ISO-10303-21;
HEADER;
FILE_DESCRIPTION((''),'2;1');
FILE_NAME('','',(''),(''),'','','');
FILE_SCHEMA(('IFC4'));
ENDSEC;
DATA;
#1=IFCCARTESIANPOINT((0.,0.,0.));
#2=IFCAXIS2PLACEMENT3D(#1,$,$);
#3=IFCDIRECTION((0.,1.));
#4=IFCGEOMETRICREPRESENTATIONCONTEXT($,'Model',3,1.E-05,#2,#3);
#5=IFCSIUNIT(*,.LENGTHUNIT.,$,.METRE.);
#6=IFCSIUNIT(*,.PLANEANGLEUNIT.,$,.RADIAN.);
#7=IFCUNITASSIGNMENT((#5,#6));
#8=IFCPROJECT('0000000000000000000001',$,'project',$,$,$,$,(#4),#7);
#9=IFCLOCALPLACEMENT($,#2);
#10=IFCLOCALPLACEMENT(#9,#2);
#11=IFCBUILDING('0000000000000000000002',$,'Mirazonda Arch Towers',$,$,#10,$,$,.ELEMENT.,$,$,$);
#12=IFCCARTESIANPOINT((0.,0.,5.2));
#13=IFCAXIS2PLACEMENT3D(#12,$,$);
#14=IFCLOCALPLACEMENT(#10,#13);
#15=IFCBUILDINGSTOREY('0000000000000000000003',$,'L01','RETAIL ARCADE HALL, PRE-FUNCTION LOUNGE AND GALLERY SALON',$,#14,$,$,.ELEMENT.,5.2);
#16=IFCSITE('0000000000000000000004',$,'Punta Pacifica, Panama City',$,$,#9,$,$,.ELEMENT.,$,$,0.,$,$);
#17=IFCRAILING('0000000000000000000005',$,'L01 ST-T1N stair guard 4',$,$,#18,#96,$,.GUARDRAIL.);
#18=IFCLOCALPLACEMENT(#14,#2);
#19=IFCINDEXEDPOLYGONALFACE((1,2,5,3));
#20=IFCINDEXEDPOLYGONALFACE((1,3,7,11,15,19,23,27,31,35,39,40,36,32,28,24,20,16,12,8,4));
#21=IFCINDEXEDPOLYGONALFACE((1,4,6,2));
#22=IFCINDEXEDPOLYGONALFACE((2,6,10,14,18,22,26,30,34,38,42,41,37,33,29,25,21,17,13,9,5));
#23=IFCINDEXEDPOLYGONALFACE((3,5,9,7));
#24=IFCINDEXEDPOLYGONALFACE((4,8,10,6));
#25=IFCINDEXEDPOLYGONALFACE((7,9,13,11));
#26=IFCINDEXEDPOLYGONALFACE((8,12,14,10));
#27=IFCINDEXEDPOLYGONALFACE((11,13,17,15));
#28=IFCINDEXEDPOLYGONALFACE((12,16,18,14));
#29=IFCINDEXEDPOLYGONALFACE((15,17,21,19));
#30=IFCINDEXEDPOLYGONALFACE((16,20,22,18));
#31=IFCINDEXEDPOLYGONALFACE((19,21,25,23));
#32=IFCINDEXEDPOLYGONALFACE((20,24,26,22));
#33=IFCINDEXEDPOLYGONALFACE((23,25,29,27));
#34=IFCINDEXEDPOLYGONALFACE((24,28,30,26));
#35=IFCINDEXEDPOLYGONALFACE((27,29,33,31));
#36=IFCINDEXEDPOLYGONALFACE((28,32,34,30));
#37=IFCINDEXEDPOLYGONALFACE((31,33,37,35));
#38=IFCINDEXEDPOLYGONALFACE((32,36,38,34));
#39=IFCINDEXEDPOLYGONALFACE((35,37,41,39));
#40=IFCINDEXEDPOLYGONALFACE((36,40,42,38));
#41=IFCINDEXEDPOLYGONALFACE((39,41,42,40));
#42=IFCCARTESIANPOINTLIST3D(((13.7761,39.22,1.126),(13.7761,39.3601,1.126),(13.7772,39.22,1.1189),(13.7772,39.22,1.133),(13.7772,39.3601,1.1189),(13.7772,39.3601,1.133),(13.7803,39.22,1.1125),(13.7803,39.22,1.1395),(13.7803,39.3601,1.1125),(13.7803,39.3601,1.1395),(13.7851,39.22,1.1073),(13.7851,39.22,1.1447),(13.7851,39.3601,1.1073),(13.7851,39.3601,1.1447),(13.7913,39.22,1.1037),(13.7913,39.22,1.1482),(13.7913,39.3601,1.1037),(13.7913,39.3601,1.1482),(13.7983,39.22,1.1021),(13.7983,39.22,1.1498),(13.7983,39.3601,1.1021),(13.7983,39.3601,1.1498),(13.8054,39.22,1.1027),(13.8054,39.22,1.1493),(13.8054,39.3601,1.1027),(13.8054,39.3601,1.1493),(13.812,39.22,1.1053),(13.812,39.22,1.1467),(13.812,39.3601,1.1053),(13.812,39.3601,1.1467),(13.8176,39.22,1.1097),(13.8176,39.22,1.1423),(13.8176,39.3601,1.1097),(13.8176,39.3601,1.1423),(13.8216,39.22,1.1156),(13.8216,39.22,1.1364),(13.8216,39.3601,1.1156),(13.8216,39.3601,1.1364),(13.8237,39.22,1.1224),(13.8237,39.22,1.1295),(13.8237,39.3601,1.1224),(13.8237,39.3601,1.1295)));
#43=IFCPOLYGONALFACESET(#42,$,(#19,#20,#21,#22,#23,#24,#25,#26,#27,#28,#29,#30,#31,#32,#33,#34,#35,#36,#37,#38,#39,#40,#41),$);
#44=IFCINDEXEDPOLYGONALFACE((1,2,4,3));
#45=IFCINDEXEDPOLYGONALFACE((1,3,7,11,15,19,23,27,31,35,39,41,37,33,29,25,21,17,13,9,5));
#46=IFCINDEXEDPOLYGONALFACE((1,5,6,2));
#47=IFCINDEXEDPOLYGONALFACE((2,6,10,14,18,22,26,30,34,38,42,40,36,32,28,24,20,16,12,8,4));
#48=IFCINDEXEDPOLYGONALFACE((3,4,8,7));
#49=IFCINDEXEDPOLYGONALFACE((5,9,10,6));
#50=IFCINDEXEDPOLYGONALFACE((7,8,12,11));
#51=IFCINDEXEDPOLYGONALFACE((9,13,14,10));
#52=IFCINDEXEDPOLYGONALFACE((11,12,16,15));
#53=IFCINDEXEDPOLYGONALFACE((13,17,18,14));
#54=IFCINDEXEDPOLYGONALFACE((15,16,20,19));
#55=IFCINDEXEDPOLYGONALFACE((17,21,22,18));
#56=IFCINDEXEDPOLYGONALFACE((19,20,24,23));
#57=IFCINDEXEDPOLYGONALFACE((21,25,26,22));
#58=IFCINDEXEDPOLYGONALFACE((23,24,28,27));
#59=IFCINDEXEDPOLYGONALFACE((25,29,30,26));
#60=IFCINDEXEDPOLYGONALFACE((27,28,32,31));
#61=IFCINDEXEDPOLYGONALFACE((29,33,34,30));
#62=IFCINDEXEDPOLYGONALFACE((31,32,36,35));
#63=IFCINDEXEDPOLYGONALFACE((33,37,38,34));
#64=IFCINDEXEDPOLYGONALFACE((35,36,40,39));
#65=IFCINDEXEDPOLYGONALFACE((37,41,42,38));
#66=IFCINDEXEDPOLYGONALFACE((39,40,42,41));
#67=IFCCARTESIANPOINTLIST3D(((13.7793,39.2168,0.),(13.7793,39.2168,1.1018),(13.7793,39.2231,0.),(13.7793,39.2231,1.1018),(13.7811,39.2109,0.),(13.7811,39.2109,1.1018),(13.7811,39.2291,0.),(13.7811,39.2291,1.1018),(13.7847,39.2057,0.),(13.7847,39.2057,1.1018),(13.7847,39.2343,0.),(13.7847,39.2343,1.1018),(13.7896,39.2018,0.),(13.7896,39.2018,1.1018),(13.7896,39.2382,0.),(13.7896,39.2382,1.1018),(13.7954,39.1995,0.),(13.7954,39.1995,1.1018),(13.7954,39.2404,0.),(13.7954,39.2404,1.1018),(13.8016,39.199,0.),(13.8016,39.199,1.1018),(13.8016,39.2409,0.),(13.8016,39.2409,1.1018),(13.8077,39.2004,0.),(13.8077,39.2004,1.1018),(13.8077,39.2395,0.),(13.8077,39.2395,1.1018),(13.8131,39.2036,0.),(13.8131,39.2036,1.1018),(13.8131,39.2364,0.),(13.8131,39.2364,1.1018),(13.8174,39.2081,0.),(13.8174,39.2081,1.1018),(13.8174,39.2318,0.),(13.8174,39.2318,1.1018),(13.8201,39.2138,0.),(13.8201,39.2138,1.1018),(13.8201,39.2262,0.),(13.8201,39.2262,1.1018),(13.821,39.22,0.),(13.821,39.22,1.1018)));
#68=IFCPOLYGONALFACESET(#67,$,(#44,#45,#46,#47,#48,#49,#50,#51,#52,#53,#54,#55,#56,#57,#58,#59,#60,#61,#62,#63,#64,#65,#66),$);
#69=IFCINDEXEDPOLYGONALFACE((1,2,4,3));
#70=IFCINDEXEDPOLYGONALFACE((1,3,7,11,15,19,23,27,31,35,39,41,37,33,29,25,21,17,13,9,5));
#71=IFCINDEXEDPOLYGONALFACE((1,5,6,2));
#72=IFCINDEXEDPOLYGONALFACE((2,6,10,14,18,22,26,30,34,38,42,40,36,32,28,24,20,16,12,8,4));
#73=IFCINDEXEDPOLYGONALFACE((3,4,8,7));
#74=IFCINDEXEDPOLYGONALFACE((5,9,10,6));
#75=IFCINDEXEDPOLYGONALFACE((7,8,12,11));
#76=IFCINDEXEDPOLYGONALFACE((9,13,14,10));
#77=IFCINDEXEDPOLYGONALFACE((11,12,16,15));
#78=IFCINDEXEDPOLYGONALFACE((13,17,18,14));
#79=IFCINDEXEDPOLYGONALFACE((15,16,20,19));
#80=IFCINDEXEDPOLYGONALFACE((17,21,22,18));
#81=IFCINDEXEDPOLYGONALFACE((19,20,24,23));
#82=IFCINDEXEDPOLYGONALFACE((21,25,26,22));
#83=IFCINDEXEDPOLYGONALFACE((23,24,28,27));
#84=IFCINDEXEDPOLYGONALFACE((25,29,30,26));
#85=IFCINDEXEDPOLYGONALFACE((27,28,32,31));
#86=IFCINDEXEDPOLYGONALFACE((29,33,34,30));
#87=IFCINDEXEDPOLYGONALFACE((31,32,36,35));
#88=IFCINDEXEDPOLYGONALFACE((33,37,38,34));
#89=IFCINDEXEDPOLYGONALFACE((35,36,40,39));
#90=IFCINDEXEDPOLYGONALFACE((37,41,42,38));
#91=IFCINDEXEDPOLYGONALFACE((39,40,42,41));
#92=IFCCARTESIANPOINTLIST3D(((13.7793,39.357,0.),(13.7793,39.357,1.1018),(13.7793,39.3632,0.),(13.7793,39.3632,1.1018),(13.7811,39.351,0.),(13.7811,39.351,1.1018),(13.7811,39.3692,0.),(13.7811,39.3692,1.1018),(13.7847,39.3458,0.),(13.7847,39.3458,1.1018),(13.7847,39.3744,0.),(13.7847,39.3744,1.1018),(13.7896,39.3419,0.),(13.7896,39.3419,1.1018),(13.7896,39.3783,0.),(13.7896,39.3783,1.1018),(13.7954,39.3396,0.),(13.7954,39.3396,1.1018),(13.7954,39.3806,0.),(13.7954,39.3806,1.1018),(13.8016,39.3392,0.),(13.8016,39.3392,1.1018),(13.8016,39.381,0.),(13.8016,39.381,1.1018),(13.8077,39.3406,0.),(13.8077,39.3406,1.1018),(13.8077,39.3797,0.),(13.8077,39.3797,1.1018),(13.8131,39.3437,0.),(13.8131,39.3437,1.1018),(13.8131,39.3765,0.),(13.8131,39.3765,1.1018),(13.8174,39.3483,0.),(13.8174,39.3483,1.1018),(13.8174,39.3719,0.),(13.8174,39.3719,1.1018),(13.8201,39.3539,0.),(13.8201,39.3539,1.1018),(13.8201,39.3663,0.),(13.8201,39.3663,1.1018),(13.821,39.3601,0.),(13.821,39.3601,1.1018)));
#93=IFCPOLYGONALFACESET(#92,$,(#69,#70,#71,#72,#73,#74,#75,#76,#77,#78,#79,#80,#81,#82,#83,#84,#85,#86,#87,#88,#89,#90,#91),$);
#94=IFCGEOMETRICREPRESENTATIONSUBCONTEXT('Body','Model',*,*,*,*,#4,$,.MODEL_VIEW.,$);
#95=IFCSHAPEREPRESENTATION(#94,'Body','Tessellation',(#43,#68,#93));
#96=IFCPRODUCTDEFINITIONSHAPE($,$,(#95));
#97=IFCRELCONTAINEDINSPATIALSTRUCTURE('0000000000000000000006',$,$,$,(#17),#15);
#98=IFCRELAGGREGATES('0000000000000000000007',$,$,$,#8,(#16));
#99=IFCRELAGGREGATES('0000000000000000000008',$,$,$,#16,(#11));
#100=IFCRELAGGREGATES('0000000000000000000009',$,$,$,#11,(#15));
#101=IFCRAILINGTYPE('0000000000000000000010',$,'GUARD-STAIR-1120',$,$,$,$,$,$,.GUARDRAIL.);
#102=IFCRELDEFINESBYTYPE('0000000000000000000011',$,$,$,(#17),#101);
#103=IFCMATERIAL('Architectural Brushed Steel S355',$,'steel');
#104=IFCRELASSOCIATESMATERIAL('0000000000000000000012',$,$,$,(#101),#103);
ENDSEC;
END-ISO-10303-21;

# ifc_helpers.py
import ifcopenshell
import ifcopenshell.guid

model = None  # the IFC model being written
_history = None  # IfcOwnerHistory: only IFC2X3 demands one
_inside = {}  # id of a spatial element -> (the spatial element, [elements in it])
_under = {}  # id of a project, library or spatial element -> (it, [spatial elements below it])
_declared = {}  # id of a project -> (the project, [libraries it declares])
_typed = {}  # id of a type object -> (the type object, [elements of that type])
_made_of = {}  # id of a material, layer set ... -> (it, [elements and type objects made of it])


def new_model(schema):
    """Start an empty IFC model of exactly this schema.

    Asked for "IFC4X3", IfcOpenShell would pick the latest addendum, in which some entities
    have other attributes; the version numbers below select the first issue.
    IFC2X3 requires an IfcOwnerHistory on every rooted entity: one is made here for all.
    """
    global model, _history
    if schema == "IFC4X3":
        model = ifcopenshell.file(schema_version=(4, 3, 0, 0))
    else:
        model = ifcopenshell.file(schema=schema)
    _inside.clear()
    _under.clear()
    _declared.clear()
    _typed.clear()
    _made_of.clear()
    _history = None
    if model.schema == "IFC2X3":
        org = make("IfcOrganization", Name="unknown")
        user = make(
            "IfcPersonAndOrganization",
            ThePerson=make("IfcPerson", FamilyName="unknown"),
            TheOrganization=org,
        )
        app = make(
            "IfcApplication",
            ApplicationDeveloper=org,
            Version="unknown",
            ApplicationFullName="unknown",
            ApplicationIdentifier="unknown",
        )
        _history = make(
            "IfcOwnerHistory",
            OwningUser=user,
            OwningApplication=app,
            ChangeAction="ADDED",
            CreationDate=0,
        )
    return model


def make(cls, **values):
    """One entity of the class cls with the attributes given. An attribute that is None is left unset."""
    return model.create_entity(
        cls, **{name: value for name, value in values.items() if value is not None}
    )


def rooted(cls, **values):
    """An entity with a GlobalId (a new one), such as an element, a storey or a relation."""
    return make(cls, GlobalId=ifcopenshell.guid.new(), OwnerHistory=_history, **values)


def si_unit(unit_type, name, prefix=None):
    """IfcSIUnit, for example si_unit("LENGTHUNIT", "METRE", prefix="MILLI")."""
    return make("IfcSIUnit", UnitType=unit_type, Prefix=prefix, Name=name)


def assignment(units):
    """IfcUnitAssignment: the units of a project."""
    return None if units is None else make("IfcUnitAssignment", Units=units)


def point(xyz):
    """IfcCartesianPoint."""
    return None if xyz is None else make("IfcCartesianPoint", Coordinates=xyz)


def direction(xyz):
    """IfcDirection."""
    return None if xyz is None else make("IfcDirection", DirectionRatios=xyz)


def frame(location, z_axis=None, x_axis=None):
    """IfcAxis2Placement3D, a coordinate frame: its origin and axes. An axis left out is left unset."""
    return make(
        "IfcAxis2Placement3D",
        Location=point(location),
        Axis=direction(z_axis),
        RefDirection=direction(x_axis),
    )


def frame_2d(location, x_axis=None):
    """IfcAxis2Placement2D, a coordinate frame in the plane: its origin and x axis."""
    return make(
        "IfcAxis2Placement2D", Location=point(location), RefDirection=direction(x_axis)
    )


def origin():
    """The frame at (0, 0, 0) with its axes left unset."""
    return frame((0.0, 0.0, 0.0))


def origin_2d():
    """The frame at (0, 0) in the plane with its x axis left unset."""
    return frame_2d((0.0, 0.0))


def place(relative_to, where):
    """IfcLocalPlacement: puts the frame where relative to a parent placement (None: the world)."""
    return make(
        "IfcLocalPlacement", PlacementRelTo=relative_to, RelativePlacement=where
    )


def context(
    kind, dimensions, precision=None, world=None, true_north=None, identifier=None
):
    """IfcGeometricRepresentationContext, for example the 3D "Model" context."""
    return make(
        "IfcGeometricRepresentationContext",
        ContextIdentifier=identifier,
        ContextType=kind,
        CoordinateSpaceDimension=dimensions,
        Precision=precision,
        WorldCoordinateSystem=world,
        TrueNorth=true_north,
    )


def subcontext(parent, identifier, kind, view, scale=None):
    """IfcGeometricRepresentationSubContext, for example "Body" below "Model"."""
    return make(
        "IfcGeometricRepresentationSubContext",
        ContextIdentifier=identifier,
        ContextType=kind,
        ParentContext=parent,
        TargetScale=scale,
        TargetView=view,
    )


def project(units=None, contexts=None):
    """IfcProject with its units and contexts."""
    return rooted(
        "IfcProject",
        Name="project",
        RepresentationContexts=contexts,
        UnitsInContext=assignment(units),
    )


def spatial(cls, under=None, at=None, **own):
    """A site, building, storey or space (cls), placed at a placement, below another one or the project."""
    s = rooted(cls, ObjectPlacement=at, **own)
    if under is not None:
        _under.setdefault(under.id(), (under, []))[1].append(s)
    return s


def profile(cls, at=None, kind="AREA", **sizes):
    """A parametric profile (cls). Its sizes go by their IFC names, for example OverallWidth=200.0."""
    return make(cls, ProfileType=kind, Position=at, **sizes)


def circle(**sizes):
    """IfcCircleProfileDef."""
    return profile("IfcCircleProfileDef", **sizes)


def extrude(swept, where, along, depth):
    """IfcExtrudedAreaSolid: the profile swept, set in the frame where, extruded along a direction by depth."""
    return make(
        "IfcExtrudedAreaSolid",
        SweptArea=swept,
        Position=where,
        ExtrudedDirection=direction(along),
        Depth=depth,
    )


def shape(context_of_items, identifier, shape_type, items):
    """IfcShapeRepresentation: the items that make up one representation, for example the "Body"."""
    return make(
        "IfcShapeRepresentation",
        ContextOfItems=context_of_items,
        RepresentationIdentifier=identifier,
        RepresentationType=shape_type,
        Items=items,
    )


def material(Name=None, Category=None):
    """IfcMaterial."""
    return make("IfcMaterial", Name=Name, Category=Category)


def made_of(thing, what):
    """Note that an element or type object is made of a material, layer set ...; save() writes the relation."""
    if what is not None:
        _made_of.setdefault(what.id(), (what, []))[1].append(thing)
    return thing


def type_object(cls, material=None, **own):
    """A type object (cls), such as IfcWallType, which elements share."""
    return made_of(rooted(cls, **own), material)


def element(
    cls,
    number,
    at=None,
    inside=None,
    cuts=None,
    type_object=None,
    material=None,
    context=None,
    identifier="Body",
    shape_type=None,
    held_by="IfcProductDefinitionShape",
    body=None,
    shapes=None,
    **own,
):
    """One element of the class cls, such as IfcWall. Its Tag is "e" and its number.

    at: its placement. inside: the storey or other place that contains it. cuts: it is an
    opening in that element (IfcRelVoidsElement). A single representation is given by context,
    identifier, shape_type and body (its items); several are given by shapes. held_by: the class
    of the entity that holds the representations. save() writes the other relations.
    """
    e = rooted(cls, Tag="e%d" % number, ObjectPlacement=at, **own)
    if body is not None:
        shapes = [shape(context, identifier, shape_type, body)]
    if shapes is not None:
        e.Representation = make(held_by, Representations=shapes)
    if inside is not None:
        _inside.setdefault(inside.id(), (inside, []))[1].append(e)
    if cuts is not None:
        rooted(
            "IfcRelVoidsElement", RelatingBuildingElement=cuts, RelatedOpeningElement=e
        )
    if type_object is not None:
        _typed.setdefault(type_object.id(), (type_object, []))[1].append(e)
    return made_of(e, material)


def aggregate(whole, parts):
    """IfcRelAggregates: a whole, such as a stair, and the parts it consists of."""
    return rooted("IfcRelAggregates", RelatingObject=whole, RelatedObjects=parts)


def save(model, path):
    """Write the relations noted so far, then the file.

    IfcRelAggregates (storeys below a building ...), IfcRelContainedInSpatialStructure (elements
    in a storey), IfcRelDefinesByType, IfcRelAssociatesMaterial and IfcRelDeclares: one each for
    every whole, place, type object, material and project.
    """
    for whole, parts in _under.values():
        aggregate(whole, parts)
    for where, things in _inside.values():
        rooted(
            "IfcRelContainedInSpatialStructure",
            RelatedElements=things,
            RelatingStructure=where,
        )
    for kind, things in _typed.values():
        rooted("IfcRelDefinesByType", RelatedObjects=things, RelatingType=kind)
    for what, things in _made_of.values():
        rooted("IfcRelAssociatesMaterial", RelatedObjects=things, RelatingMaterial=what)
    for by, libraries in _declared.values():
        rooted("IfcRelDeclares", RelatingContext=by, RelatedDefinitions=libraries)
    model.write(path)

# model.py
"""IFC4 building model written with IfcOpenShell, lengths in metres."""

from ifc_helpers import new_model, si_unit, direction, frame, origin, origin_2d, place, context, subcontext, project, spatial, circle, extrude, material, type_object, element, save


model = new_model("IFC4")

# Units and contexts
model_context = context("Model", 3, precision=1e-05, world=origin(), true_north=direction((0.0, 1.0)))
body_context = subcontext(model_context, "Body", "Model", "MODEL_VIEW")
ifc_project = project(units=[si_unit("LENGTHUNIT", "METRE"), si_unit("PLANEANGLEUNIT", "RADIAN")], contexts=[model_context])

# Site, building, storey
site_placement = place(None, origin())
site = spatial("IfcSite", under=ifc_project, at=site_placement, Name="Punta Pacifica, Panama City", CompositionType="ELEMENT", RefElevation=0.0)
building_placement = place(site_placement, origin())
building = spatial("IfcBuilding", under=site, at=building_placement, Name="Mirazonda Arch Towers", CompositionType="ELEMENT")
storey_placement = place(building_placement, frame((0.0, 0.0, 5.2)))
storey = spatial("IfcBuildingStorey", under=building, at=storey_placement, Name="L01", Description="RETAIL ARCADE HALL, PRE-FUNCTION LOUNGE AND GALLERY SALON", CompositionType="ELEMENT", Elevation=5.2)

# Shared definitions
ifc_material_1 = material(Name="Architectural Brushed Steel S355", Category="steel")

# Railing
railing_type_1 = type_object("IfcRailingType", Name="GUARD-STAIR-1120", PredefinedType="GUARDRAIL", material=ifc_material_1)
railing_1_placement = place(storey_placement, frame((13.8, 39.22, 0.0)))
element("IfcRailing", 1, at=railing_1_placement, inside=storey, type_object=railing_type_1, Name="L01 ST-T1N stair guard 4", PredefinedType="GUARDRAIL", context=body_context, shape_type="SweptSolid", body=[
    extrude(circle(Radius=0.0239, at=origin_2d()), frame((0.0, 0.0, 1.126), z_axis=(0.0, 1.0, 0.0), x_axis=(-1.0, 0.0, 0.0)), (0.0, 0.0, 1.0), 0.1401),
    extrude(circle(Radius=0.021, at=origin_2d()), origin(), (0.0, 0.0, 1.0), 1.1018),
    extrude(circle(Radius=0.021, at=origin_2d()), frame((0.0, 0.1401, 0.0)), (0.0, 0.0, 1.0), 1.1018),
])

save(model, "model.ifc")
